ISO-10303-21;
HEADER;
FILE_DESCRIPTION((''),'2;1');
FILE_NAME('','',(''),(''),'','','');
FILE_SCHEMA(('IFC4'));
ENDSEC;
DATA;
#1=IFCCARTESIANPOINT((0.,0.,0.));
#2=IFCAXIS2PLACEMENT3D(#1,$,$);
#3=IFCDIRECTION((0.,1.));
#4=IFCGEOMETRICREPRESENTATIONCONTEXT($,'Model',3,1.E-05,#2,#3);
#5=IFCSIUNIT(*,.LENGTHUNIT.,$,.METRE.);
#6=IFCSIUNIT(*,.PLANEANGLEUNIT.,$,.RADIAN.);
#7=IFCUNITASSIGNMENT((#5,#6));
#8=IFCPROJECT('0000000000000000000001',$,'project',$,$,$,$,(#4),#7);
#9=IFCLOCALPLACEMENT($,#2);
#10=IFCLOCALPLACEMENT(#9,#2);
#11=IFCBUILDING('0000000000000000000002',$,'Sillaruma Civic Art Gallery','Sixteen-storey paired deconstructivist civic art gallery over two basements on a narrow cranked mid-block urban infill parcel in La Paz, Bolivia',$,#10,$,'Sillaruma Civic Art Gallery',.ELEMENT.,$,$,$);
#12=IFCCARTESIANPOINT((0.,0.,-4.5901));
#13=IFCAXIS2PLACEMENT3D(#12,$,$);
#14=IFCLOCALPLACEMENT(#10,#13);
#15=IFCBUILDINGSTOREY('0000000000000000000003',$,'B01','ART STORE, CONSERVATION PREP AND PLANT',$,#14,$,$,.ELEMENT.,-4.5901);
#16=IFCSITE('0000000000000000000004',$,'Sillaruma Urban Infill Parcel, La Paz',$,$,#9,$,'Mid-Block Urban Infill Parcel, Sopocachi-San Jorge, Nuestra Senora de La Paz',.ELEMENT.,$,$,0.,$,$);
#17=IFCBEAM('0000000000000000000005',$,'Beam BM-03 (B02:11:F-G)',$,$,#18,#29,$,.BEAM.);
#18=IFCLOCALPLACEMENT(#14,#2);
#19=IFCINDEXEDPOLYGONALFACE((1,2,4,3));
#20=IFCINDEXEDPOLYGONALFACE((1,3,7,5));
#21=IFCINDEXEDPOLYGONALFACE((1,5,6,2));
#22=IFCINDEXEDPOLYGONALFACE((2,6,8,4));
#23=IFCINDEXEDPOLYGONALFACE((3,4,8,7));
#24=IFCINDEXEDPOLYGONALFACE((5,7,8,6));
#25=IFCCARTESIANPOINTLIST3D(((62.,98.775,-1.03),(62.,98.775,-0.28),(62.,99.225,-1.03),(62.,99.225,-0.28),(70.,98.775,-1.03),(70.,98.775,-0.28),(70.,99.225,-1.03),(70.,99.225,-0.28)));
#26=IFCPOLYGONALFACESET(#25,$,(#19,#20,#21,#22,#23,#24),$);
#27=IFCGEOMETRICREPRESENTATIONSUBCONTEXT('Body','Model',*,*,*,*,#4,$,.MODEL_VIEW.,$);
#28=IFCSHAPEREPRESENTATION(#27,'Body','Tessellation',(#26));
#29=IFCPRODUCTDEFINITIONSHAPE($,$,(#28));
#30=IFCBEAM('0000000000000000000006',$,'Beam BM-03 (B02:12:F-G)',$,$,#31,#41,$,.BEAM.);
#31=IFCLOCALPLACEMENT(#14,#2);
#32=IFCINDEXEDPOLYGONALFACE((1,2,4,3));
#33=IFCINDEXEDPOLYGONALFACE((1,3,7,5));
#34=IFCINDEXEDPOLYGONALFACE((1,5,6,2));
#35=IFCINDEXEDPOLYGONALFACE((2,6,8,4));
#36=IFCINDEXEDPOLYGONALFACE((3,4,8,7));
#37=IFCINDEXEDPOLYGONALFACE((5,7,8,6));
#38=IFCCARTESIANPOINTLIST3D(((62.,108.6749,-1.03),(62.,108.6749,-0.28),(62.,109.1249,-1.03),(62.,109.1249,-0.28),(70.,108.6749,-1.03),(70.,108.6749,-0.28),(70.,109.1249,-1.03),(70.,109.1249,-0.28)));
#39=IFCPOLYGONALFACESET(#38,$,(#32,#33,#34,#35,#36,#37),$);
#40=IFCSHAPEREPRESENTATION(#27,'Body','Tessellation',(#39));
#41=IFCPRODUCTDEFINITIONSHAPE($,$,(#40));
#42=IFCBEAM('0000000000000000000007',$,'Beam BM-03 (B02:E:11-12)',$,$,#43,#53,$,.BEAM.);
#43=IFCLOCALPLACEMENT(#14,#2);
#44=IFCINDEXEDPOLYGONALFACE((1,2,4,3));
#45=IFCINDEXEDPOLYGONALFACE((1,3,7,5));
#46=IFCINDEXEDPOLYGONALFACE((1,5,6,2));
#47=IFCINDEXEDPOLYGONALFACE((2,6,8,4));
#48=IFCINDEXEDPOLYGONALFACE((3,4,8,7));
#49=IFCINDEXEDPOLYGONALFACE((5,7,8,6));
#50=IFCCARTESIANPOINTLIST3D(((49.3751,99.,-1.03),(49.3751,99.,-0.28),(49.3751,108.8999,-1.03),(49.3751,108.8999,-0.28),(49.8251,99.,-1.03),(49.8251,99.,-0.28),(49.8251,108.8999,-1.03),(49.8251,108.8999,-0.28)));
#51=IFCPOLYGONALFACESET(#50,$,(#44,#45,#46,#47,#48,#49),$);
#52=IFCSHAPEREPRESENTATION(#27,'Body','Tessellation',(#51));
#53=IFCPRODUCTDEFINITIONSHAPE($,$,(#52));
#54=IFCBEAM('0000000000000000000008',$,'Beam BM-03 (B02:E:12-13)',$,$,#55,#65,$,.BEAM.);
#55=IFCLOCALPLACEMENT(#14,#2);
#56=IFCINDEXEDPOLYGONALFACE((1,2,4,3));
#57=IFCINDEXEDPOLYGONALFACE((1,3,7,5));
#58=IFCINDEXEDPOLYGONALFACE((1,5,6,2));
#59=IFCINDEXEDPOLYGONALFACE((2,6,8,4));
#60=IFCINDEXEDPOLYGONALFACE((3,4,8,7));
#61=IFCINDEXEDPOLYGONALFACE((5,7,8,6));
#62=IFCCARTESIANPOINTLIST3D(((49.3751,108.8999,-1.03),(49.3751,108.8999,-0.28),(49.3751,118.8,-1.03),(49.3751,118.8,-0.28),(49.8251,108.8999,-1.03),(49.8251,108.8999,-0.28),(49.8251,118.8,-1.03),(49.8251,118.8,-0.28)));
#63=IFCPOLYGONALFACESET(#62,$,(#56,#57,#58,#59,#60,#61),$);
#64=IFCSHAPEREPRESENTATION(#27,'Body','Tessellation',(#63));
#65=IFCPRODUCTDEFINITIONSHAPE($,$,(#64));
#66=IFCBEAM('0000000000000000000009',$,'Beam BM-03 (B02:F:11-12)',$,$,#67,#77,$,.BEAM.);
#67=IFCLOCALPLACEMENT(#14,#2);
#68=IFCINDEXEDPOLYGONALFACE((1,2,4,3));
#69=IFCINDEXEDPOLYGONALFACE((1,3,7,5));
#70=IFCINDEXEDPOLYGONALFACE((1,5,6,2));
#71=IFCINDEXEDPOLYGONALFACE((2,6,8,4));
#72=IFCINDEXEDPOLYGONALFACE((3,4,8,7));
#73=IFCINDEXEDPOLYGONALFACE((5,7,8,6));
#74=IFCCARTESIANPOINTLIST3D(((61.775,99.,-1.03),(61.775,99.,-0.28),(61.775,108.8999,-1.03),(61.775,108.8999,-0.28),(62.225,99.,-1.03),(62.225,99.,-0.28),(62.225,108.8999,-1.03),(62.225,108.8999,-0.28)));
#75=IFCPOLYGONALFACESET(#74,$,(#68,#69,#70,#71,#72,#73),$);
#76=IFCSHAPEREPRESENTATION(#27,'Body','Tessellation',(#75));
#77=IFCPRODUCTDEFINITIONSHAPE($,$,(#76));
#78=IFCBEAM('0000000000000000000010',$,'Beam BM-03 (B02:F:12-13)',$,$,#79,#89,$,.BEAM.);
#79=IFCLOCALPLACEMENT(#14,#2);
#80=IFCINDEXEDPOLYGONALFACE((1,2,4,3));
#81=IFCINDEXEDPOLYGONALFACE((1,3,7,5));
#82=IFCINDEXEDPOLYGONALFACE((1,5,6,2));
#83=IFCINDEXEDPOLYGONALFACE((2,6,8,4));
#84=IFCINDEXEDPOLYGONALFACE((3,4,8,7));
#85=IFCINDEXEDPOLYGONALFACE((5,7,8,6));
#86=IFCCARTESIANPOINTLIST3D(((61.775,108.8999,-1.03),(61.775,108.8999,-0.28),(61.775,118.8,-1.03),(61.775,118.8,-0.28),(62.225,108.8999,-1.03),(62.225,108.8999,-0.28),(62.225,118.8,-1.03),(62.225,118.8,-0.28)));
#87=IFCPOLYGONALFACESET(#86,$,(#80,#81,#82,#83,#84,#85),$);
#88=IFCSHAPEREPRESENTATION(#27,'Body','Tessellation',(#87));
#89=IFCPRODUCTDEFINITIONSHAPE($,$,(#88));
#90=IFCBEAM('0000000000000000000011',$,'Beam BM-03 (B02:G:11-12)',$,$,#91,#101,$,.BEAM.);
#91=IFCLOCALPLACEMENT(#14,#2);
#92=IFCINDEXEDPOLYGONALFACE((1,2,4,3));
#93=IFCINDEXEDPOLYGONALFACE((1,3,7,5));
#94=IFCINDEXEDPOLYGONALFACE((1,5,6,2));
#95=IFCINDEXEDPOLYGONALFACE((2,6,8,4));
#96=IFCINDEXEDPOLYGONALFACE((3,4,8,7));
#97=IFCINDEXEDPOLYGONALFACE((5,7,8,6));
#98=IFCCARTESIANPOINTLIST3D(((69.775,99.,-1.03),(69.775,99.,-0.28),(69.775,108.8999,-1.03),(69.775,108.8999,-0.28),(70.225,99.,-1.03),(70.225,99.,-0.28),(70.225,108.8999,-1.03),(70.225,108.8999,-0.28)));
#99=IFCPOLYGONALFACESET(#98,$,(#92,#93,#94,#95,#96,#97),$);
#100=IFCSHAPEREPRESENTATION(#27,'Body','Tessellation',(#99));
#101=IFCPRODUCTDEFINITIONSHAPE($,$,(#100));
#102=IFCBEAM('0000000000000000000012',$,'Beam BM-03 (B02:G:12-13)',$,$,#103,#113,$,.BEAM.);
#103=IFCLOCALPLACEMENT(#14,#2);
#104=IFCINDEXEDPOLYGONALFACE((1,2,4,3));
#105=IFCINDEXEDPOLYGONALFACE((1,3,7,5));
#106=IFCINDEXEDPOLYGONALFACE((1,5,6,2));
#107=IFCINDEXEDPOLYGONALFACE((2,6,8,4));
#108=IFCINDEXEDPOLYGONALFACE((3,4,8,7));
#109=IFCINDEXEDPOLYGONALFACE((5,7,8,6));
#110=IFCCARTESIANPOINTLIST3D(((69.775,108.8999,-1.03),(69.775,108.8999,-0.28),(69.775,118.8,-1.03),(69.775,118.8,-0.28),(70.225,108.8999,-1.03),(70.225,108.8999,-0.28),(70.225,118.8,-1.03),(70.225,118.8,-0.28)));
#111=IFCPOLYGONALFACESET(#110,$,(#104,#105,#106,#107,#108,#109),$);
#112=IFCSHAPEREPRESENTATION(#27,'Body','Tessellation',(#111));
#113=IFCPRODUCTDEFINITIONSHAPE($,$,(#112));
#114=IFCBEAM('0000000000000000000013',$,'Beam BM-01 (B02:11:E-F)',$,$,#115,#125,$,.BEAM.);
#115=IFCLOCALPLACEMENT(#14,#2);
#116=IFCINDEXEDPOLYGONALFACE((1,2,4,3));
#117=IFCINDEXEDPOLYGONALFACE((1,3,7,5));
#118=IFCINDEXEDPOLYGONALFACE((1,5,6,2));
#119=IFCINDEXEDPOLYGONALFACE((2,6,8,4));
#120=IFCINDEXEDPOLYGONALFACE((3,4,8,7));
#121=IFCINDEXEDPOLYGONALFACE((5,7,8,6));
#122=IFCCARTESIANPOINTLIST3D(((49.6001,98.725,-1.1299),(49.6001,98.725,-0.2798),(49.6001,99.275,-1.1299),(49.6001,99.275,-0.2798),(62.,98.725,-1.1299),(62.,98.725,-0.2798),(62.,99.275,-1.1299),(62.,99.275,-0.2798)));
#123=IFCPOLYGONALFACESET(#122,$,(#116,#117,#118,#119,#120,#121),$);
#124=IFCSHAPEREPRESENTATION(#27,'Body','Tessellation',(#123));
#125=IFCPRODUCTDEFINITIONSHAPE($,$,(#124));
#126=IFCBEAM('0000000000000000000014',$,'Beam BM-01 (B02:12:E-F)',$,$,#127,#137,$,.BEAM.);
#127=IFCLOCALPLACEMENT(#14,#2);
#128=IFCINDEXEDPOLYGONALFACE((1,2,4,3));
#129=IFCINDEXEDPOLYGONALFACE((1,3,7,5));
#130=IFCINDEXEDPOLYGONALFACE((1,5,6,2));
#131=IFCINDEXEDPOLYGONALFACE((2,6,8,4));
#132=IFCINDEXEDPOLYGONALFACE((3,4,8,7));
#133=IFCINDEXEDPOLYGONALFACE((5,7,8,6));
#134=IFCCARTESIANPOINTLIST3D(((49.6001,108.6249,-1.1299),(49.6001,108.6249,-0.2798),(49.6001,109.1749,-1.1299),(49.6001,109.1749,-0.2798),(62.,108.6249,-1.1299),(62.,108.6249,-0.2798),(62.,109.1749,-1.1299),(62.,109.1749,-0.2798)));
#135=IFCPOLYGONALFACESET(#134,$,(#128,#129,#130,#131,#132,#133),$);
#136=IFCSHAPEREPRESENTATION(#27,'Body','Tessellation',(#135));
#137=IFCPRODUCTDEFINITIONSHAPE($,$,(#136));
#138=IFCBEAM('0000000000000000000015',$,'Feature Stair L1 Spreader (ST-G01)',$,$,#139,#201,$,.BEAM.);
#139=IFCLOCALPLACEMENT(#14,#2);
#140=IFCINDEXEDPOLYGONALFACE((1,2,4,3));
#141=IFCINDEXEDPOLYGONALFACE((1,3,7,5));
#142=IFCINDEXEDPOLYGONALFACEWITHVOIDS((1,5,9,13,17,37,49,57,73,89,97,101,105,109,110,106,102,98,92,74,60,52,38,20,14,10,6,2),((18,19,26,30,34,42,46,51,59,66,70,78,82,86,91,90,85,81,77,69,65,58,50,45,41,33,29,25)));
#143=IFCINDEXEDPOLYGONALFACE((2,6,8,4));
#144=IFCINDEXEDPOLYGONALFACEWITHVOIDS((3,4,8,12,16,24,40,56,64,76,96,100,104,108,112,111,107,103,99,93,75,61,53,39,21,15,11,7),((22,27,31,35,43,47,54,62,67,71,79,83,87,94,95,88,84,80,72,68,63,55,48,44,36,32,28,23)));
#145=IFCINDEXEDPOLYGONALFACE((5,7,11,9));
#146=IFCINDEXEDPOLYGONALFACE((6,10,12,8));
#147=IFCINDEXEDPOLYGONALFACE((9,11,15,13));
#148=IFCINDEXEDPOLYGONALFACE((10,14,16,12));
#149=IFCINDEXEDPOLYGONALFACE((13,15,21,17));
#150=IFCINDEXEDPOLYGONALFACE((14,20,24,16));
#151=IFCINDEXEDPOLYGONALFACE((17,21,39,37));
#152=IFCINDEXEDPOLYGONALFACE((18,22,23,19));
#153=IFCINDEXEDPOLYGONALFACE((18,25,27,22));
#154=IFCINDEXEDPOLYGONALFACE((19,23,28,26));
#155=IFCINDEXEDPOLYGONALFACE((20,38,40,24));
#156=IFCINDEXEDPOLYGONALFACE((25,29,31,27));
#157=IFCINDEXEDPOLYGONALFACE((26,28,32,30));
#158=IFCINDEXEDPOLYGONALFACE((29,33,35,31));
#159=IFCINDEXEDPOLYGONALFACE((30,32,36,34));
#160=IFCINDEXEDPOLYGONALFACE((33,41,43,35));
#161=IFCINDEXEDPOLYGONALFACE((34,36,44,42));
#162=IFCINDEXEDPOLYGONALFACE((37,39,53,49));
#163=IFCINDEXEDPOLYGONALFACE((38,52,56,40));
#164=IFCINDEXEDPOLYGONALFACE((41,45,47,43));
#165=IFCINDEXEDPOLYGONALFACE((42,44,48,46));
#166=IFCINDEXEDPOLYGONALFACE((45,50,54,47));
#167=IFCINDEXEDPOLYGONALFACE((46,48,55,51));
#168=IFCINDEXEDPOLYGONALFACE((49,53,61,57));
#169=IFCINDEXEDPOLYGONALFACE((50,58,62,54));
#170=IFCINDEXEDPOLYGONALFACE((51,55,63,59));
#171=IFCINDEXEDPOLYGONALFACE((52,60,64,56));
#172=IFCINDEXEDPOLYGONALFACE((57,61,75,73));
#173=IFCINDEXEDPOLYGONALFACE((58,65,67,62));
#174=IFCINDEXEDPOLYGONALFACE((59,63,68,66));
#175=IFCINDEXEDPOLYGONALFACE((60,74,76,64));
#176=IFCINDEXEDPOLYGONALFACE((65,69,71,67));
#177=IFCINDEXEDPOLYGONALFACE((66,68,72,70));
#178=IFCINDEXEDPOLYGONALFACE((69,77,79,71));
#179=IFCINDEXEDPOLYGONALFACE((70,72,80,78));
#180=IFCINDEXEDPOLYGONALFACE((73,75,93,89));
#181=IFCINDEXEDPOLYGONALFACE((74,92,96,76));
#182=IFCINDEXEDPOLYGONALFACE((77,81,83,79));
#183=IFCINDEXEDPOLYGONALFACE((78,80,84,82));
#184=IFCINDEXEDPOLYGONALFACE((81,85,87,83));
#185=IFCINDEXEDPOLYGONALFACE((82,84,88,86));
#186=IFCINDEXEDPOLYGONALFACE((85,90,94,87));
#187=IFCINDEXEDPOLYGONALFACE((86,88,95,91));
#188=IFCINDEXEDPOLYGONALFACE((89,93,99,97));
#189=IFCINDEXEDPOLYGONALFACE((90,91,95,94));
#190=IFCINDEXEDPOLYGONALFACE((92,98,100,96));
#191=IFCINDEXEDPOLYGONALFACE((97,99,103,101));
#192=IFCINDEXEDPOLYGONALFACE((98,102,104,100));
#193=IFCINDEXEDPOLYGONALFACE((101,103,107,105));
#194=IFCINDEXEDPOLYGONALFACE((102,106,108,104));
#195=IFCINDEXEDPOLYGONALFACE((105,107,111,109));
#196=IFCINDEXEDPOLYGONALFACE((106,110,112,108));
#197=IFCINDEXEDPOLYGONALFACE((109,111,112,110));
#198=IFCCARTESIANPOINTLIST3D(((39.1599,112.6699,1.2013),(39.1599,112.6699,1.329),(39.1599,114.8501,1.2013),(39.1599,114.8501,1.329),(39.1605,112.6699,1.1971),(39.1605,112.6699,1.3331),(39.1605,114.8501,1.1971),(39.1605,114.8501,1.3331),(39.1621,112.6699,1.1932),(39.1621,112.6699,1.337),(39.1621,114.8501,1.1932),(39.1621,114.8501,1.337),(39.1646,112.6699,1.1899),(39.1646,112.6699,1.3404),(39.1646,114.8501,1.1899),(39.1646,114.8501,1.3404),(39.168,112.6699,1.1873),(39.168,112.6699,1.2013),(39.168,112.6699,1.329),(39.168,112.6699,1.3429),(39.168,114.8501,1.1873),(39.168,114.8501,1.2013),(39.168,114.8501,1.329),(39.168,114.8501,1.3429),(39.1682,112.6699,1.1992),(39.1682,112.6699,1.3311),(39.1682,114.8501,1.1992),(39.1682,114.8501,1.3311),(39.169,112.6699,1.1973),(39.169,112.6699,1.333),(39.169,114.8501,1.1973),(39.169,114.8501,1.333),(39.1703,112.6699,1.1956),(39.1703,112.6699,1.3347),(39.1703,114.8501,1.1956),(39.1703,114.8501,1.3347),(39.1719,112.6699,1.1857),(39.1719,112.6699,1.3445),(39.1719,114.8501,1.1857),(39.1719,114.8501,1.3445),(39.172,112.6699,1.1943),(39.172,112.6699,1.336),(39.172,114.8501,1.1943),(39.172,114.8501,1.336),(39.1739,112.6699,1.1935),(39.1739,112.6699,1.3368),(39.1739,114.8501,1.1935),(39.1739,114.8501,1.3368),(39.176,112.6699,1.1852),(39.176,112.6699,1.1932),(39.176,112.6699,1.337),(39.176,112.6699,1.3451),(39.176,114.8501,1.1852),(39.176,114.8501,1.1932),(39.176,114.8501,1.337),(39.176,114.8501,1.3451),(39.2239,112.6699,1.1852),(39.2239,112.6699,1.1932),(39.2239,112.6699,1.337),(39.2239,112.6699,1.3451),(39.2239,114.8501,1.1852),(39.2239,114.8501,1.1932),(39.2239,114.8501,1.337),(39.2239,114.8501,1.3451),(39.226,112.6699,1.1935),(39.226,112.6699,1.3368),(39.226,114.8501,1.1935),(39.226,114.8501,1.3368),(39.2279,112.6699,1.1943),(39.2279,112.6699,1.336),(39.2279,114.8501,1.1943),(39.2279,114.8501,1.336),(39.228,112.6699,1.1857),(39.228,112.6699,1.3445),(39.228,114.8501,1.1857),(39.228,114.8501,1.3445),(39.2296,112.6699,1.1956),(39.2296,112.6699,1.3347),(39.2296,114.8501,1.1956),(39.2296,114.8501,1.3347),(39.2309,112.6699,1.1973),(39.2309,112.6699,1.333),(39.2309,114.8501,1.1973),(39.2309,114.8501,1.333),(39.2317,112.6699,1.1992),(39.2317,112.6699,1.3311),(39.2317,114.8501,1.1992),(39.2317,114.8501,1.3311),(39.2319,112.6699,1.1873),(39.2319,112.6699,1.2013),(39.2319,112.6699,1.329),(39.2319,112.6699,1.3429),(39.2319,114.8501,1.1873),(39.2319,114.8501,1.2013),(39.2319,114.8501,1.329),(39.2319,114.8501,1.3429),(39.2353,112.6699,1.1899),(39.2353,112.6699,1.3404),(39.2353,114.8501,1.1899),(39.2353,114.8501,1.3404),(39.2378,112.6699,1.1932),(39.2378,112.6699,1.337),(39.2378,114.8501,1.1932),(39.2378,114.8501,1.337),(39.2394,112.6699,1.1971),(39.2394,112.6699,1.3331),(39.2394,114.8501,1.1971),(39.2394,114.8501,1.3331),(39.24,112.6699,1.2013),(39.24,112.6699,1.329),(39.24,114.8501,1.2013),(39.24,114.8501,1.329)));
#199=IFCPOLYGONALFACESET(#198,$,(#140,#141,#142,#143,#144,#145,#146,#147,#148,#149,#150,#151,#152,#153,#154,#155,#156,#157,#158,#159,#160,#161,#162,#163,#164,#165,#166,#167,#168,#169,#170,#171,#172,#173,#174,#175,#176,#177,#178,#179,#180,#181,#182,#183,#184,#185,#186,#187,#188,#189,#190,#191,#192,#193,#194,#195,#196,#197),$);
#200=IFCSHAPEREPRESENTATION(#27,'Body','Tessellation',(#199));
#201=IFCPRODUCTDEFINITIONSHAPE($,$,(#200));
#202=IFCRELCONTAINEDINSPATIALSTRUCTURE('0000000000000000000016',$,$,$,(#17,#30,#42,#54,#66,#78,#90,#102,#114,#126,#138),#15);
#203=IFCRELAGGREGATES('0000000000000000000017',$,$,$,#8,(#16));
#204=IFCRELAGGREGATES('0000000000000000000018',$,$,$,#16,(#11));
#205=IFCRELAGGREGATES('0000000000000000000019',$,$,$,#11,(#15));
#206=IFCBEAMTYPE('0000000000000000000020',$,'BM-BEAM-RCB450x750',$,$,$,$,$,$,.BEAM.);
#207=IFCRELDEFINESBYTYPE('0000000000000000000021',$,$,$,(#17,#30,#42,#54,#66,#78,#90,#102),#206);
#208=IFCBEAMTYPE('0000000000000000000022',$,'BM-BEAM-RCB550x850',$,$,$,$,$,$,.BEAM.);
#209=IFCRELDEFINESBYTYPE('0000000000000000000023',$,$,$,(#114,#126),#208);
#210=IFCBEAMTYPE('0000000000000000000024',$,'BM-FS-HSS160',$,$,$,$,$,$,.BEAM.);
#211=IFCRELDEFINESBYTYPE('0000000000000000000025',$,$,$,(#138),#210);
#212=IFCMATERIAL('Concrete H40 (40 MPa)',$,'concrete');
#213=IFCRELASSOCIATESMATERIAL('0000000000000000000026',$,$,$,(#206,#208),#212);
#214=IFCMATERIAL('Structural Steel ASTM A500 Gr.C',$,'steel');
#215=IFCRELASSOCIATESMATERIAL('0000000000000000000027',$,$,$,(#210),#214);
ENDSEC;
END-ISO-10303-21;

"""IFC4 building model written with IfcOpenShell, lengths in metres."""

from ifc_helpers import new_model, si_unit, direction, frame, origin, origin_2d, place, context, subcontext, project, spatial, rectangle, hollow_rectangle, extrude, material, material_profile, profile_set, type_object, element, save


model = new_model("IFC4")

# Units and contexts
model_context = context("Model", 3, precision=1e-05, world=origin(), true_north=direction((0.0, 1.0)))
body_context = subcontext(model_context, "Body", "Model", "MODEL_VIEW")
ifc_project = project(units=[si_unit("LENGTHUNIT", "METRE"), si_unit("PLANEANGLEUNIT", "RADIAN")], contexts=[model_context])

# Site, building, storey
site_placement = place(None, origin())
site = spatial("IfcSite", under=ifc_project, at=site_placement, Name="Sillaruma Urban Infill Parcel, La Paz", LongName="Mid-Block Urban Infill Parcel, Sopocachi-San Jorge, Nuestra Senora de La Paz", CompositionType="ELEMENT", RefElevation=0.0)
building_placement = place(site_placement, origin())
building = spatial("IfcBuilding", under=site, at=building_placement, Name="Sillaruma Civic Art Gallery", Description="Sixteen-storey paired deconstructivist civic art gallery over two basements on a narrow cranked mid-block urban infill parcel in La Paz, Bolivia", LongName="Sillaruma Civic Art Gallery", CompositionType="ELEMENT")
storey_placement = place(building_placement, frame((0.0, 0.0, -4.5901)))
storey = spatial("IfcBuildingStorey", under=building, at=storey_placement, Name="B01", Description="ART STORE, CONSERVATION PREP AND PLANT", CompositionType="ELEMENT", Elevation=-4.5901)

# Shared definitions
ifc_material_1 = material(Name="Concrete H40 (40 MPa)", Category="concrete")

# Beams
ifc_material_profile_1 = material_profile(ifc_material_1, rectangle(XDim=0.45, YDim=0.75, at=origin_2d()), Name="RCB450x750")
ifc_profile_set_1 = profile_set([ifc_material_profile_1], Name="Concrete H40 (40 MPa)")
beam_type_1 = type_object("IfcBeamType", Name="BM-BEAM-RCB450x750", PredefinedType="BEAM", material=ifc_profile_set_1)
for number, where, z_axis, x_axis, name in (
    (1, (62.0, 99.0, -0.655), (1.0, 0.0, 0.0), (0.0, 1.0, 0.0), "Beam BM-03 (B02:11:F-G)"),
    (2, (62.0, 108.8999, -0.655), (1.0, 0.0, 0.0), (0.0, 1.0, 0.0), "Beam BM-03 (B02:12:F-G)"),
):
    element("IfcBeam", number, at=place(storey_placement, frame(where, z_axis=z_axis, x_axis=x_axis)), inside=storey, type_object=beam_type_1, Name=name, PredefinedType="BEAM", context=body_context, shape_type="SweptSolid", body=[
        extrude(rectangle(XDim=0.45, YDim=0.75, at=origin_2d()), origin(), (0.0, 0.0, 1.0), 8.0),
    ])
beam_1_placement = place(storey_placement, frame((49.6001, 99.0, -0.655), z_axis=(0.0, 1.0, 0.0), x_axis=(-1.0, 0.0, 0.0)))
element("IfcBeam", 3, at=beam_1_placement, inside=storey, type_object=beam_type_1, Name="Beam BM-03 (B02:E:11-12)", PredefinedType="BEAM", context=body_context, shape_type="SweptSolid", body=[
    extrude(rectangle(XDim=0.45, YDim=0.75, at=origin_2d()), origin(), (0.0, 0.0, 1.0), 9.8999),
])
beam_2_placement = place(storey_placement, frame((49.6001, 108.8999, -0.655), z_axis=(0.0, 1.0, 0.0), x_axis=(-1.0, 0.0, 0.0)))
element("IfcBeam", 4, at=beam_2_placement, inside=storey, type_object=beam_type_1, Name="Beam BM-03 (B02:E:12-13)", PredefinedType="BEAM", context=body_context, shape_type="SweptSolid", body=[
    extrude(rectangle(XDim=0.45, YDim=0.75, at=origin_2d()), origin(), (0.0, 0.0, 1.0), 9.9001),
])
beam_3_placement = place(storey_placement, frame((62.0, 99.0, -0.655), z_axis=(0.0, 1.0, 0.0), x_axis=(-1.0, 0.0, 0.0)))
element("IfcBeam", 5, at=beam_3_placement, inside=storey, type_object=beam_type_1, Name="Beam BM-03 (B02:F:11-12)", PredefinedType="BEAM", context=body_context, shape_type="SweptSolid", body=[
    extrude(rectangle(XDim=0.45, YDim=0.75, at=origin_2d()), origin(), (0.0, 0.0, 1.0), 9.8999),
])
beam_4_placement = place(storey_placement, frame((62.0, 108.8999, -0.655), z_axis=(0.0, 1.0, 0.0), x_axis=(-1.0, 0.0, 0.0)))
element("IfcBeam", 6, at=beam_4_placement, inside=storey, type_object=beam_type_1, Name="Beam BM-03 (B02:F:12-13)", PredefinedType="BEAM", context=body_context, shape_type="SweptSolid", body=[
    extrude(rectangle(XDim=0.45, YDim=0.75, at=origin_2d()), origin(), (0.0, 0.0, 1.0), 9.9001),
])
beam_5_placement = place(storey_placement, frame((70.0, 99.0, -0.655), z_axis=(0.0, 1.0, 0.0), x_axis=(-1.0, 0.0, 0.0)))
element("IfcBeam", 7, at=beam_5_placement, inside=storey, type_object=beam_type_1, Name="Beam BM-03 (B02:G:11-12)", PredefinedType="BEAM", context=body_context, shape_type="SweptSolid", body=[
    extrude(rectangle(XDim=0.45, YDim=0.75, at=origin_2d()), origin(), (0.0, 0.0, 1.0), 9.8999),
])
beam_6_placement = place(storey_placement, frame((70.0, 108.8999, -0.655), z_axis=(0.0, 1.0, 0.0), x_axis=(-1.0, 0.0, 0.0)))
element("IfcBeam", 8, at=beam_6_placement, inside=storey, type_object=beam_type_1, Name="Beam BM-03 (B02:G:12-13)", PredefinedType="BEAM", context=body_context, shape_type="SweptSolid", body=[
    extrude(rectangle(XDim=0.45, YDim=0.75, at=origin_2d()), origin(), (0.0, 0.0, 1.0), 9.9001),
])
ifc_material_profile_2 = material_profile(ifc_material_1, rectangle(XDim=0.55, YDim=0.8501, at=origin_2d()), Name="RCB550x850")
ifc_profile_set_2 = profile_set([ifc_material_profile_2], Name="Concrete H40 (40 MPa)")
beam_type_2 = type_object("IfcBeamType", Name="BM-BEAM-RCB550x850", PredefinedType="BEAM", material=ifc_profile_set_2)
for number, where, z_axis, x_axis, name in (
    (9, (49.6001, 99.0, -0.7048), (1.0, 0.0, 0.0), (0.0, 1.0, 0.0), "Beam BM-01 (B02:11:E-F)"),
    (10, (49.6001, 108.8999, -0.7048), (1.0, 0.0, 0.0), (0.0, 1.0, 0.0), "Beam BM-01 (B02:12:E-F)"),
):
    element("IfcBeam", number, at=place(storey_placement, frame(where, z_axis=z_axis, x_axis=x_axis)), inside=storey, type_object=beam_type_2, Name=name, PredefinedType="BEAM", context=body_context, shape_type="SweptSolid", body=[
        extrude(rectangle(XDim=0.55, YDim=0.8501, at=origin_2d()), origin(), (0.0, 0.0, 1.0), 12.3999),
    ])
ifc_material_2 = material(Name="Structural Steel ASTM A500 Gr.C", Category="steel")
ifc_material_profile_3 = material_profile(ifc_material_2, hollow_rectangle(XDim=0.0801, YDim=0.1599, WallThickness=0.0081, InnerFilletRadius=0.0081, OuterFilletRadius=0.0161, at=origin_2d()), Name="HSS160x80x8")
ifc_profile_set_3 = profile_set([ifc_material_profile_3], Name="Structural Steel ASTM A500 Gr.C")
beam_type_3 = type_object("IfcBeamType", Name="BM-FS-HSS160", PredefinedType="BEAM", material=ifc_profile_set_3)
beam_7_placement = place(storey_placement, frame((39.2, 112.6699, 1.2651), z_axis=(0.0, 1.0, 0.0), x_axis=(-1.0, 0.0, 0.0)))
element("IfcBeam", 11, at=beam_7_placement, inside=storey, type_object=beam_type_3, Name="Feature Stair L1 Spreader (ST-G01)", PredefinedType="BEAM", context=body_context, shape_type="SweptSolid", body=[
    extrude(hollow_rectangle(XDim=0.0801, YDim=0.1599, WallThickness=0.0081, InnerFilletRadius=0.0081, OuterFilletRadius=0.0161, at=origin_2d()), origin(), (0.0, 0.0, 1.0), 2.1802),
])

save(model, "model.ifc")
